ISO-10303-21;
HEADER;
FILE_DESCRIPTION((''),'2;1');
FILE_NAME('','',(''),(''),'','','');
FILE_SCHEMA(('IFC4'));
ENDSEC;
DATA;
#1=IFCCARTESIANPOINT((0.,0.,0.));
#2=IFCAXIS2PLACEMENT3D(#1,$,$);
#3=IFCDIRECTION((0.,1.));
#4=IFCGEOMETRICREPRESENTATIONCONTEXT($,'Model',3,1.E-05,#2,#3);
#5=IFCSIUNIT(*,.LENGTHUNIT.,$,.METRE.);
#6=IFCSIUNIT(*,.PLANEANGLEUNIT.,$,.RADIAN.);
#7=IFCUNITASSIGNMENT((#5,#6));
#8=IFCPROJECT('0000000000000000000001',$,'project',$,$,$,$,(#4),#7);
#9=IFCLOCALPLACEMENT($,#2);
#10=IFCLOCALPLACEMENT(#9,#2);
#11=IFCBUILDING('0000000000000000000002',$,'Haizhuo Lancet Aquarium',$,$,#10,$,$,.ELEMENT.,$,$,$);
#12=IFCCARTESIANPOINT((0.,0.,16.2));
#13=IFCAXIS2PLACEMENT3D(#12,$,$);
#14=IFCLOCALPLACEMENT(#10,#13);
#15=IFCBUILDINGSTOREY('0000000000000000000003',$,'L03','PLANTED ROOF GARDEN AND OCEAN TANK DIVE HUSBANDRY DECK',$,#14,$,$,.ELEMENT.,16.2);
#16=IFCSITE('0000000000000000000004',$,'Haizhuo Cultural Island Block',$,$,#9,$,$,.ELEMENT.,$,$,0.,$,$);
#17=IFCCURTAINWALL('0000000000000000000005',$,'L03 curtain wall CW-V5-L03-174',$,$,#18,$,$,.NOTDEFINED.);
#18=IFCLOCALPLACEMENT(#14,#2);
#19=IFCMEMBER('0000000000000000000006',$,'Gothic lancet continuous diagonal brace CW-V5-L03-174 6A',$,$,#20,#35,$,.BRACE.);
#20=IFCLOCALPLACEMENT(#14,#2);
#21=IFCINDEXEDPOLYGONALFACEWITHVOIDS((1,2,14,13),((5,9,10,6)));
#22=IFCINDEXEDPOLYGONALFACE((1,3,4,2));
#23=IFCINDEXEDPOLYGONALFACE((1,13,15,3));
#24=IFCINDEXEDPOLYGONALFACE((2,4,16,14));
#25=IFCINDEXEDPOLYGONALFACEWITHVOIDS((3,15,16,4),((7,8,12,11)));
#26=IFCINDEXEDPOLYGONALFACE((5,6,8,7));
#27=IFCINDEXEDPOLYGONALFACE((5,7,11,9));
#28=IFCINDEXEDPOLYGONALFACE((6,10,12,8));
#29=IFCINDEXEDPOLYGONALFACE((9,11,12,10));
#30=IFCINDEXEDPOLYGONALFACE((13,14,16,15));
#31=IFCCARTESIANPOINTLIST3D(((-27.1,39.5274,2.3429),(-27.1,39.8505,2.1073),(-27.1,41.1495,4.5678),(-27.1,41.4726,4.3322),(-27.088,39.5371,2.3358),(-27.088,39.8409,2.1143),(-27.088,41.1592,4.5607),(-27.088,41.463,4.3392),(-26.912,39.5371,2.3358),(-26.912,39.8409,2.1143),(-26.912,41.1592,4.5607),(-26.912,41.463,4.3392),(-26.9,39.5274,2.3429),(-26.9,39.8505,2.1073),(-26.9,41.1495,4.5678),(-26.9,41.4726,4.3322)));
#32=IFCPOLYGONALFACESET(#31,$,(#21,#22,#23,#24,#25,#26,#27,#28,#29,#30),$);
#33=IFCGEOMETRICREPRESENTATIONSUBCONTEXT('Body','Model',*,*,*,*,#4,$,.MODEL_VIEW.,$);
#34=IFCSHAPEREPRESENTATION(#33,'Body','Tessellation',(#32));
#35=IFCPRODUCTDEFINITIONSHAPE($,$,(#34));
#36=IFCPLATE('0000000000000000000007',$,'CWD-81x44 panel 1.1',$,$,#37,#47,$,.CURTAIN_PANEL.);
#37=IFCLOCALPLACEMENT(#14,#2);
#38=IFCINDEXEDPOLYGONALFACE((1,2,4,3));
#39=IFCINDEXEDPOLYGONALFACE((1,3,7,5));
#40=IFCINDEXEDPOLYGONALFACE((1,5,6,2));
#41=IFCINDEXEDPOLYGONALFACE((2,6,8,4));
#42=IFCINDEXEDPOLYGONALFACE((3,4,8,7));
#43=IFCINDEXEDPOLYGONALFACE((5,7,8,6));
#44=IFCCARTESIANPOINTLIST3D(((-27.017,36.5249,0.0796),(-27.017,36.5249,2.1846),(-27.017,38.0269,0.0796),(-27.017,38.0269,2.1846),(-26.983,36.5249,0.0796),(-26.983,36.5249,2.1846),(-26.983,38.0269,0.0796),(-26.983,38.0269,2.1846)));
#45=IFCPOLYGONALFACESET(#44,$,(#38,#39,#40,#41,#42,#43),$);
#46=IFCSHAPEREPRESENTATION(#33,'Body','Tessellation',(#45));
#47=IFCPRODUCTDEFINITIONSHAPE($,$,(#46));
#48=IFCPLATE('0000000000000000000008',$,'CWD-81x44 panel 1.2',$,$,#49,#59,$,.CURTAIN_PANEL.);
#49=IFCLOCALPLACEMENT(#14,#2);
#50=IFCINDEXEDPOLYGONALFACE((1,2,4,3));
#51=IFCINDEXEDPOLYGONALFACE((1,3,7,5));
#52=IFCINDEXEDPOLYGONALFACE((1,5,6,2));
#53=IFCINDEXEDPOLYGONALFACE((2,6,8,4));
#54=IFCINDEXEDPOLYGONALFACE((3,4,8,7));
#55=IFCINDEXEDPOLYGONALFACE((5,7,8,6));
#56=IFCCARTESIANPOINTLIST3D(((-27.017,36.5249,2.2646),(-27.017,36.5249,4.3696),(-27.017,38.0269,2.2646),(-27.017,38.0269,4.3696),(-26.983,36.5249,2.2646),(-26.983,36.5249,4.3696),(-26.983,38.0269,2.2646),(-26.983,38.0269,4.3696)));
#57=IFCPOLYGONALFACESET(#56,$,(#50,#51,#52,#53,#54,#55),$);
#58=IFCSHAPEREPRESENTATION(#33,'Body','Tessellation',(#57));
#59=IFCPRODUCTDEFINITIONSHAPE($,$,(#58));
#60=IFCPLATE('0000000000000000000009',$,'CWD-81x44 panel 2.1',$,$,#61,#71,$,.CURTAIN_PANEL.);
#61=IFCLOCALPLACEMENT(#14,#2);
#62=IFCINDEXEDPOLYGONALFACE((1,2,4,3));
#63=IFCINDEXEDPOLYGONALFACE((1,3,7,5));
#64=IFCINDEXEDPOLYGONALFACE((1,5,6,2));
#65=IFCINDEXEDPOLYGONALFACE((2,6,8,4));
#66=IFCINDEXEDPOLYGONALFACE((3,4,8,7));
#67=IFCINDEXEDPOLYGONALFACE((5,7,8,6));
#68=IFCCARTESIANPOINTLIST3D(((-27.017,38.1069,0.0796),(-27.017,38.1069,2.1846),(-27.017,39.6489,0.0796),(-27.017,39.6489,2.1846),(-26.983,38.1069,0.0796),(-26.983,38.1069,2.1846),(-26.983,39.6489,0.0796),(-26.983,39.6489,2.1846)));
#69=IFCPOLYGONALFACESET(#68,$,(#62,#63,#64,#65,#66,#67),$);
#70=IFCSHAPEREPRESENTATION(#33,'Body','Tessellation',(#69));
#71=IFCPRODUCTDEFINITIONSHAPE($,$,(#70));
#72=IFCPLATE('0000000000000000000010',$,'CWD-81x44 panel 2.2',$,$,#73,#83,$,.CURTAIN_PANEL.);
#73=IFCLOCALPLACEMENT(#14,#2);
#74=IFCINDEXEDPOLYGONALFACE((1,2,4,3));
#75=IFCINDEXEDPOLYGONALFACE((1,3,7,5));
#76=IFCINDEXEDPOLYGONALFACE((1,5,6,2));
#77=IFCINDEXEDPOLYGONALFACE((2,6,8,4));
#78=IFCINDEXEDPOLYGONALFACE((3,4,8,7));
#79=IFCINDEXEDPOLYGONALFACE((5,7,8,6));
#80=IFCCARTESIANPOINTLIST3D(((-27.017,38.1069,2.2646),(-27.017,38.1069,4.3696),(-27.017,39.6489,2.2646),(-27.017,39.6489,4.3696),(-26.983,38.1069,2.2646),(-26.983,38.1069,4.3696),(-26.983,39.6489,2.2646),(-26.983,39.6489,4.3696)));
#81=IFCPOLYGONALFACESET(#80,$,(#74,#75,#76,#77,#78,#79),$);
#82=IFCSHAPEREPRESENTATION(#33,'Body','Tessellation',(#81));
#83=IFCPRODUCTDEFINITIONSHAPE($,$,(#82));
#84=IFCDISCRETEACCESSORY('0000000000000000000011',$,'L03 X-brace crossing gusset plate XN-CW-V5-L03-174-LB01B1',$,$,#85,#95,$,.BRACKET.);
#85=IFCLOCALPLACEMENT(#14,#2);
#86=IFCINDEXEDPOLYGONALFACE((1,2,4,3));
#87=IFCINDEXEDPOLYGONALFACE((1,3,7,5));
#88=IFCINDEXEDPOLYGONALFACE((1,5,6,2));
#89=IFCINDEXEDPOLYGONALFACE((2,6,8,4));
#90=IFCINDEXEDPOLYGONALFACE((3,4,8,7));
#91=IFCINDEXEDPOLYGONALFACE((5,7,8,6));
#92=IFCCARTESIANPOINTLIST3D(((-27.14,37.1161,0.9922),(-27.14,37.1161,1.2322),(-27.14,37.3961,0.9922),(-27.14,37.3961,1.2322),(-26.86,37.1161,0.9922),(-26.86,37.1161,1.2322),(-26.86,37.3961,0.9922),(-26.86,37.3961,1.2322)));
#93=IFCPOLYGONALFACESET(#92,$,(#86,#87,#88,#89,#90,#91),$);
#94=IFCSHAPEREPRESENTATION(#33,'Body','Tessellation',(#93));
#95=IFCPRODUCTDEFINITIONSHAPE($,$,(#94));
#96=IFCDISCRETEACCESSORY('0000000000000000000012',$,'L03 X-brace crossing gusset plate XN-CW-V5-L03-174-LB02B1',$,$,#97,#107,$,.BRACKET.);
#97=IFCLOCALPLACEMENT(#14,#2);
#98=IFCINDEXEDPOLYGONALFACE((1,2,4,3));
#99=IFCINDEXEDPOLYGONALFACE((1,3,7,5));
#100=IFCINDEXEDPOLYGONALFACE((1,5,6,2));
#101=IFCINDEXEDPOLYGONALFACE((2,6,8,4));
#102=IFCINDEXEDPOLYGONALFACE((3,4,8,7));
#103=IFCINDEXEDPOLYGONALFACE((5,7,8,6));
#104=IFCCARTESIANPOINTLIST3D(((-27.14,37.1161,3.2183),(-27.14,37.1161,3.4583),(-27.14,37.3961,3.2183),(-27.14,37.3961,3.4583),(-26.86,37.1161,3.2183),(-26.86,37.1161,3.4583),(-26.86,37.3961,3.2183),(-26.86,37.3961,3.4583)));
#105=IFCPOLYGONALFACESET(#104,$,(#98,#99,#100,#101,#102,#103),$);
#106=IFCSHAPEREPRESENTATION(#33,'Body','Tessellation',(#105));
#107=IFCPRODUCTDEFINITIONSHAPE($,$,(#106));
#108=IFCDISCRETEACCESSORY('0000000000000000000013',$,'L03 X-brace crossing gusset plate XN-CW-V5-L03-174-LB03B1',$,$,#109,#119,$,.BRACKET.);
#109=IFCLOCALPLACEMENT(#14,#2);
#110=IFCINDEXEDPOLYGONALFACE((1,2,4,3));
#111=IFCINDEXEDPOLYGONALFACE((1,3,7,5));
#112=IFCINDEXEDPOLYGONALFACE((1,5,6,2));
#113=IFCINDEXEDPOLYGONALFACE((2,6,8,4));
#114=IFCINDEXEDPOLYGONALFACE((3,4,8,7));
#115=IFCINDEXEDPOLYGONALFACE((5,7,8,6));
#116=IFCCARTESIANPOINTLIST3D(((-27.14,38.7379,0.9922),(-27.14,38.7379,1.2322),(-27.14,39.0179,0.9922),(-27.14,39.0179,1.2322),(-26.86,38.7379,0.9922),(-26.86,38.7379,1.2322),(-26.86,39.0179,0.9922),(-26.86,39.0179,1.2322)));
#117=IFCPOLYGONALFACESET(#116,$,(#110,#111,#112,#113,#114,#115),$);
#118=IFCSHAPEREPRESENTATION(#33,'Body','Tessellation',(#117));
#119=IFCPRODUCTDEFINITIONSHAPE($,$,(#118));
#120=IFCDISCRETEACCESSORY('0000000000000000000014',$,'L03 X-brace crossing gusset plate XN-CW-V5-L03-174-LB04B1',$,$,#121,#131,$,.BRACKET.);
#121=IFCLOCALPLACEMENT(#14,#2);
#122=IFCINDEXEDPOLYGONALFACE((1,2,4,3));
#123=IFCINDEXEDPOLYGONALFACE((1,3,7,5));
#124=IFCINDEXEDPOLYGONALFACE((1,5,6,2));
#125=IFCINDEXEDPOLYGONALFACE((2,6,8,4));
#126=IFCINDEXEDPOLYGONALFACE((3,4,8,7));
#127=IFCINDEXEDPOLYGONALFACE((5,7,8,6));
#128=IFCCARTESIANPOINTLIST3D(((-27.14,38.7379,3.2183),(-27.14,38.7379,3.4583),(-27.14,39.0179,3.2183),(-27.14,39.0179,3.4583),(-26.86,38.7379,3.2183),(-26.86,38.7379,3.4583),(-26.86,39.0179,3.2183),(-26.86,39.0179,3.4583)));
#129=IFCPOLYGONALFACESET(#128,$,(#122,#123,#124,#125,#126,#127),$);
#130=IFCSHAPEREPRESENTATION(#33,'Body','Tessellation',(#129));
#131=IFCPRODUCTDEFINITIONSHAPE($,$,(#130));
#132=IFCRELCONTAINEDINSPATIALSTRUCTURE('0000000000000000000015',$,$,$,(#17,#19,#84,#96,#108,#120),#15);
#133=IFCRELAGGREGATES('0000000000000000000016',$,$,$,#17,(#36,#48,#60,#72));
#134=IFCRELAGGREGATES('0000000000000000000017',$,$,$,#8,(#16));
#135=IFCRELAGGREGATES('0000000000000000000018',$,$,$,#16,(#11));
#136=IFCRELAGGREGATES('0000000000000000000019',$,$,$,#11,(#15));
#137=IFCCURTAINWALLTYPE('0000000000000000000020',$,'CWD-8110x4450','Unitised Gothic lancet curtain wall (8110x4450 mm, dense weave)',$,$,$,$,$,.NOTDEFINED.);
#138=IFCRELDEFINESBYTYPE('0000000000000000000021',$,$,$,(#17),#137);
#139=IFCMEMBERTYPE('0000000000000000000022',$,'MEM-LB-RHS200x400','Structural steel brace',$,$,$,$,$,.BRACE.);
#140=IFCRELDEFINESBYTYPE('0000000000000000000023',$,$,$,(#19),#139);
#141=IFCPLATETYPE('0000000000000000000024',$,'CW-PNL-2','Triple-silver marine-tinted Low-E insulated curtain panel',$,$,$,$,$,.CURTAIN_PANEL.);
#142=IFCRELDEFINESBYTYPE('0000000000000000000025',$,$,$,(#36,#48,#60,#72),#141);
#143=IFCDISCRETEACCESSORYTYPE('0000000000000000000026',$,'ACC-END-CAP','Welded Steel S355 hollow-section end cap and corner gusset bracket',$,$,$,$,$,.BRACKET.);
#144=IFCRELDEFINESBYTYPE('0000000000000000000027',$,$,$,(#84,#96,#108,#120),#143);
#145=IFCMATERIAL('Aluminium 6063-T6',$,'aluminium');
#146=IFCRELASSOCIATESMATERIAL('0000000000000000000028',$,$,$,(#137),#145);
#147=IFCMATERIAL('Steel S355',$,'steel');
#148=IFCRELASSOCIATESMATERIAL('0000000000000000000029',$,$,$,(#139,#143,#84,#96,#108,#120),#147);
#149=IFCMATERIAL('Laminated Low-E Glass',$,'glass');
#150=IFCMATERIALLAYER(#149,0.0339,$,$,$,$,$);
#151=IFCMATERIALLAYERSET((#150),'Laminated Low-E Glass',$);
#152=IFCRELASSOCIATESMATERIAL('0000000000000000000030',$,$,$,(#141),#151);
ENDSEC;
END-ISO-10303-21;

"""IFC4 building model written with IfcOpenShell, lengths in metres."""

from ifc_helpers import new_model, si_unit, direction, frame, origin, origin_2d, place, context, subcontext, project, spatial, rectangle, hollow_rectangle, extrude, material, layer, layer_set, material_profile, profile_set, type_object, element, aggregate, save


model = new_model("IFC4")

# Units and contexts
model_context = context("Model", 3, precision=1e-05, world=origin(), true_north=direction((0.0, 1.0)))
body_context = subcontext(model_context, "Body", "Model", "MODEL_VIEW")
ifc_project = project(units=[si_unit("LENGTHUNIT", "METRE"), si_unit("PLANEANGLEUNIT", "RADIAN")], contexts=[model_context])

# Site, building, storey
site_placement = place(None, origin())
site = spatial("IfcSite", under=ifc_project, at=site_placement, Name="Haizhuo Cultural Island Block", CompositionType="ELEMENT", RefElevation=0.0)
building_placement = place(site_placement, origin())
building = spatial("IfcBuilding", under=site, at=building_placement, Name="Haizhuo Lancet Aquarium", CompositionType="ELEMENT")
storey_placement = place(building_placement, frame((0.0, 0.0, 16.2)))
storey = spatial("IfcBuildingStorey", under=building, at=storey_placement, Name="L03", Description="PLANTED ROOF GARDEN AND OCEAN TANK DIVE HUSBANDRY DECK", CompositionType="ELEMENT", Elevation=16.2)

# Curtain wall
ifc_material_1 = material(Name="Aluminium 6063-T6", Category="aluminium")
curtain_wall_type = type_object("IfcCurtainWallType", Name="CWD-8110x4450", Description="Unitised Gothic lancet curtain wall (8110x4450 mm, dense weave)", PredefinedType="NOTDEFINED", material=ifc_material_1)
curtain_wall_placement = place(storey_placement, origin())
curtain_wall = element("IfcCurtainWall", 1, at=curtain_wall_placement, inside=storey, type_object=curtain_wall_type, Name="L03 curtain wall CW-V5-L03-174", PredefinedType="NOTDEFINED")

# Shared definitions
ifc_material_2 = material(Name="Steel S355", Category="steel")

# Member
ifc_material_profile_1 = material_profile(ifc_material_2, hollow_rectangle(XDim=0.2, YDim=0.3999, WallThickness=0.012, at=origin_2d()), Name="RHS 200x400x12")
ifc_profile_set_1 = profile_set([ifc_material_profile_1], Name="Steel S355")
member_type_1 = type_object("IfcMemberType", Name="MEM-LB-RHS200x400", Description="Structural steel brace", PredefinedType="BRACE", material=ifc_profile_set_1)
member_1_placement = place(storey_placement, frame((-27.0, 39.689, 2.2251), z_axis=(0.0, 0.58912, 0.808045), x_axis=(-1.0, 0.0, 0.0)))
element("IfcMember", 2, at=member_1_placement, inside=storey, type_object=member_type_1, Name="Gothic lancet continuous diagonal brace CW-V5-L03-174 6A", PredefinedType="BRACE", context=body_context, shape_type="SweptSolid", body=[
    extrude(hollow_rectangle(XDim=0.2, YDim=0.3999, WallThickness=0.012, at=origin_2d()), origin(), (0.0, 0.0, 1.0), 2.7534),
])

# Plates
ifc_material_3 = material(Name="Laminated Low-E Glass", Category="glass")
ifc_layer = layer(ifc_material_3, 0.0339)
ifc_layer_set = layer_set([ifc_layer], Name="Laminated Low-E Glass")
plate_type = type_object("IfcPlateType", Name="CW-PNL-2", Description="Triple-silver marine-tinted Low-E insulated curtain panel", PredefinedType="CURTAIN_PANEL", material=ifc_layer_set)
plate_1_placement = place(storey_placement, frame((-27.0, 37.2759, 0.0796), z_axis=(0.0, 0.0, 1.0), x_axis=(0.0, 1.0, 0.0)))
plate_1 = element("IfcPlate", 3, at=plate_1_placement, type_object=plate_type, Name="CWD-81x44 panel 1.1", PredefinedType="CURTAIN_PANEL", context=body_context, shape_type="SweptSolid", body=[
    extrude(rectangle(XDim=1.502, YDim=0.0339, at=origin_2d()), origin(), (0.0, 0.0, 1.0), 2.105),
])
plate_2_placement = place(storey_placement, frame((-27.0, 37.2759, 2.2646), z_axis=(0.0, 0.0, 1.0), x_axis=(0.0, 1.0, 0.0)))
plate_2 = element("IfcPlate", 4, at=plate_2_placement, type_object=plate_type, Name="CWD-81x44 panel 1.2", PredefinedType="CURTAIN_PANEL", context=body_context, shape_type="SweptSolid", body=[
    extrude(rectangle(XDim=1.502, YDim=0.0339, at=origin_2d()), origin(), (0.0, 0.0, 1.0), 2.105),
])
plate_3_placement = place(storey_placement, frame((-27.0, 38.8779, 0.0796), z_axis=(0.0, 0.0, 1.0), x_axis=(0.0, 1.0, 0.0)))
plate_3 = element("IfcPlate", 5, at=plate_3_placement, type_object=plate_type, Name="CWD-81x44 panel 2.1", PredefinedType="CURTAIN_PANEL", context=body_context, shape_type="SweptSolid", body=[
    extrude(rectangle(XDim=1.542, YDim=0.0339, at=origin_2d()), origin(), (0.0, 0.0, 1.0), 2.105),
])
plate_4_placement = place(storey_placement, frame((-27.0, 38.8779, 2.2646), z_axis=(0.0, 0.0, 1.0), x_axis=(0.0, 1.0, 0.0)))
plate_4 = element("IfcPlate", 6, at=plate_4_placement, type_object=plate_type, Name="CWD-81x44 panel 2.2", PredefinedType="CURTAIN_PANEL", context=body_context, shape_type="SweptSolid", body=[
    extrude(rectangle(XDim=1.542, YDim=0.0339, at=origin_2d()), origin(), (0.0, 0.0, 1.0), 2.105),
])
aggregate(curtain_wall, [plate_1, plate_2, plate_3, plate_4])

# Discrete accessories
discrete_accessory_type = type_object("IfcDiscreteAccessoryType", Name="ACC-END-CAP", Description="Welded Steel S355 hollow-section end cap and corner gusset bracket", PredefinedType="BRACKET", material=ifc_material_2)
for number, where, z_axis, x_axis, name in (
    (7, (-27.0, 37.2561, 0.9922), (0.0, 0.0, 1.0), (1.0, 0.0, 0.0), "L03 X-brace crossing gusset plate XN-CW-V5-L03-174-LB01B1"),
    (8, (-27.0, 37.2561, 3.2183), (0.0, 0.0, 1.0), (1.0, 0.0, 0.0), "L03 X-brace crossing gusset plate XN-CW-V5-L03-174-LB02B1"),
    (9, (-27.0, 38.8779, 0.9922), (0.0, 0.0, 1.0), (1.0, 0.0, 0.0), "L03 X-brace crossing gusset plate XN-CW-V5-L03-174-LB03B1"),
    (10, (-27.0, 38.8779, 3.2183), (0.0, 0.0, 1.0), (1.0, 0.0, 0.0), "L03 X-brace crossing gusset plate XN-CW-V5-L03-174-LB04B1"),
):
    element("IfcDiscreteAccessory", number, at=place(storey_placement, frame(where, z_axis=z_axis, x_axis=x_axis)), inside=storey, type_object=discrete_accessory_type, material=ifc_material_2, Name=name, PredefinedType="BRACKET", context=body_context, shape_type="SweptSolid", body=[
        extrude(rectangle(XDim=0.28, YDim=0.28, at=origin_2d()), origin(), (0.0, 0.0, 1.0), 0.24),
    ])

save(model, "model.ifc")
